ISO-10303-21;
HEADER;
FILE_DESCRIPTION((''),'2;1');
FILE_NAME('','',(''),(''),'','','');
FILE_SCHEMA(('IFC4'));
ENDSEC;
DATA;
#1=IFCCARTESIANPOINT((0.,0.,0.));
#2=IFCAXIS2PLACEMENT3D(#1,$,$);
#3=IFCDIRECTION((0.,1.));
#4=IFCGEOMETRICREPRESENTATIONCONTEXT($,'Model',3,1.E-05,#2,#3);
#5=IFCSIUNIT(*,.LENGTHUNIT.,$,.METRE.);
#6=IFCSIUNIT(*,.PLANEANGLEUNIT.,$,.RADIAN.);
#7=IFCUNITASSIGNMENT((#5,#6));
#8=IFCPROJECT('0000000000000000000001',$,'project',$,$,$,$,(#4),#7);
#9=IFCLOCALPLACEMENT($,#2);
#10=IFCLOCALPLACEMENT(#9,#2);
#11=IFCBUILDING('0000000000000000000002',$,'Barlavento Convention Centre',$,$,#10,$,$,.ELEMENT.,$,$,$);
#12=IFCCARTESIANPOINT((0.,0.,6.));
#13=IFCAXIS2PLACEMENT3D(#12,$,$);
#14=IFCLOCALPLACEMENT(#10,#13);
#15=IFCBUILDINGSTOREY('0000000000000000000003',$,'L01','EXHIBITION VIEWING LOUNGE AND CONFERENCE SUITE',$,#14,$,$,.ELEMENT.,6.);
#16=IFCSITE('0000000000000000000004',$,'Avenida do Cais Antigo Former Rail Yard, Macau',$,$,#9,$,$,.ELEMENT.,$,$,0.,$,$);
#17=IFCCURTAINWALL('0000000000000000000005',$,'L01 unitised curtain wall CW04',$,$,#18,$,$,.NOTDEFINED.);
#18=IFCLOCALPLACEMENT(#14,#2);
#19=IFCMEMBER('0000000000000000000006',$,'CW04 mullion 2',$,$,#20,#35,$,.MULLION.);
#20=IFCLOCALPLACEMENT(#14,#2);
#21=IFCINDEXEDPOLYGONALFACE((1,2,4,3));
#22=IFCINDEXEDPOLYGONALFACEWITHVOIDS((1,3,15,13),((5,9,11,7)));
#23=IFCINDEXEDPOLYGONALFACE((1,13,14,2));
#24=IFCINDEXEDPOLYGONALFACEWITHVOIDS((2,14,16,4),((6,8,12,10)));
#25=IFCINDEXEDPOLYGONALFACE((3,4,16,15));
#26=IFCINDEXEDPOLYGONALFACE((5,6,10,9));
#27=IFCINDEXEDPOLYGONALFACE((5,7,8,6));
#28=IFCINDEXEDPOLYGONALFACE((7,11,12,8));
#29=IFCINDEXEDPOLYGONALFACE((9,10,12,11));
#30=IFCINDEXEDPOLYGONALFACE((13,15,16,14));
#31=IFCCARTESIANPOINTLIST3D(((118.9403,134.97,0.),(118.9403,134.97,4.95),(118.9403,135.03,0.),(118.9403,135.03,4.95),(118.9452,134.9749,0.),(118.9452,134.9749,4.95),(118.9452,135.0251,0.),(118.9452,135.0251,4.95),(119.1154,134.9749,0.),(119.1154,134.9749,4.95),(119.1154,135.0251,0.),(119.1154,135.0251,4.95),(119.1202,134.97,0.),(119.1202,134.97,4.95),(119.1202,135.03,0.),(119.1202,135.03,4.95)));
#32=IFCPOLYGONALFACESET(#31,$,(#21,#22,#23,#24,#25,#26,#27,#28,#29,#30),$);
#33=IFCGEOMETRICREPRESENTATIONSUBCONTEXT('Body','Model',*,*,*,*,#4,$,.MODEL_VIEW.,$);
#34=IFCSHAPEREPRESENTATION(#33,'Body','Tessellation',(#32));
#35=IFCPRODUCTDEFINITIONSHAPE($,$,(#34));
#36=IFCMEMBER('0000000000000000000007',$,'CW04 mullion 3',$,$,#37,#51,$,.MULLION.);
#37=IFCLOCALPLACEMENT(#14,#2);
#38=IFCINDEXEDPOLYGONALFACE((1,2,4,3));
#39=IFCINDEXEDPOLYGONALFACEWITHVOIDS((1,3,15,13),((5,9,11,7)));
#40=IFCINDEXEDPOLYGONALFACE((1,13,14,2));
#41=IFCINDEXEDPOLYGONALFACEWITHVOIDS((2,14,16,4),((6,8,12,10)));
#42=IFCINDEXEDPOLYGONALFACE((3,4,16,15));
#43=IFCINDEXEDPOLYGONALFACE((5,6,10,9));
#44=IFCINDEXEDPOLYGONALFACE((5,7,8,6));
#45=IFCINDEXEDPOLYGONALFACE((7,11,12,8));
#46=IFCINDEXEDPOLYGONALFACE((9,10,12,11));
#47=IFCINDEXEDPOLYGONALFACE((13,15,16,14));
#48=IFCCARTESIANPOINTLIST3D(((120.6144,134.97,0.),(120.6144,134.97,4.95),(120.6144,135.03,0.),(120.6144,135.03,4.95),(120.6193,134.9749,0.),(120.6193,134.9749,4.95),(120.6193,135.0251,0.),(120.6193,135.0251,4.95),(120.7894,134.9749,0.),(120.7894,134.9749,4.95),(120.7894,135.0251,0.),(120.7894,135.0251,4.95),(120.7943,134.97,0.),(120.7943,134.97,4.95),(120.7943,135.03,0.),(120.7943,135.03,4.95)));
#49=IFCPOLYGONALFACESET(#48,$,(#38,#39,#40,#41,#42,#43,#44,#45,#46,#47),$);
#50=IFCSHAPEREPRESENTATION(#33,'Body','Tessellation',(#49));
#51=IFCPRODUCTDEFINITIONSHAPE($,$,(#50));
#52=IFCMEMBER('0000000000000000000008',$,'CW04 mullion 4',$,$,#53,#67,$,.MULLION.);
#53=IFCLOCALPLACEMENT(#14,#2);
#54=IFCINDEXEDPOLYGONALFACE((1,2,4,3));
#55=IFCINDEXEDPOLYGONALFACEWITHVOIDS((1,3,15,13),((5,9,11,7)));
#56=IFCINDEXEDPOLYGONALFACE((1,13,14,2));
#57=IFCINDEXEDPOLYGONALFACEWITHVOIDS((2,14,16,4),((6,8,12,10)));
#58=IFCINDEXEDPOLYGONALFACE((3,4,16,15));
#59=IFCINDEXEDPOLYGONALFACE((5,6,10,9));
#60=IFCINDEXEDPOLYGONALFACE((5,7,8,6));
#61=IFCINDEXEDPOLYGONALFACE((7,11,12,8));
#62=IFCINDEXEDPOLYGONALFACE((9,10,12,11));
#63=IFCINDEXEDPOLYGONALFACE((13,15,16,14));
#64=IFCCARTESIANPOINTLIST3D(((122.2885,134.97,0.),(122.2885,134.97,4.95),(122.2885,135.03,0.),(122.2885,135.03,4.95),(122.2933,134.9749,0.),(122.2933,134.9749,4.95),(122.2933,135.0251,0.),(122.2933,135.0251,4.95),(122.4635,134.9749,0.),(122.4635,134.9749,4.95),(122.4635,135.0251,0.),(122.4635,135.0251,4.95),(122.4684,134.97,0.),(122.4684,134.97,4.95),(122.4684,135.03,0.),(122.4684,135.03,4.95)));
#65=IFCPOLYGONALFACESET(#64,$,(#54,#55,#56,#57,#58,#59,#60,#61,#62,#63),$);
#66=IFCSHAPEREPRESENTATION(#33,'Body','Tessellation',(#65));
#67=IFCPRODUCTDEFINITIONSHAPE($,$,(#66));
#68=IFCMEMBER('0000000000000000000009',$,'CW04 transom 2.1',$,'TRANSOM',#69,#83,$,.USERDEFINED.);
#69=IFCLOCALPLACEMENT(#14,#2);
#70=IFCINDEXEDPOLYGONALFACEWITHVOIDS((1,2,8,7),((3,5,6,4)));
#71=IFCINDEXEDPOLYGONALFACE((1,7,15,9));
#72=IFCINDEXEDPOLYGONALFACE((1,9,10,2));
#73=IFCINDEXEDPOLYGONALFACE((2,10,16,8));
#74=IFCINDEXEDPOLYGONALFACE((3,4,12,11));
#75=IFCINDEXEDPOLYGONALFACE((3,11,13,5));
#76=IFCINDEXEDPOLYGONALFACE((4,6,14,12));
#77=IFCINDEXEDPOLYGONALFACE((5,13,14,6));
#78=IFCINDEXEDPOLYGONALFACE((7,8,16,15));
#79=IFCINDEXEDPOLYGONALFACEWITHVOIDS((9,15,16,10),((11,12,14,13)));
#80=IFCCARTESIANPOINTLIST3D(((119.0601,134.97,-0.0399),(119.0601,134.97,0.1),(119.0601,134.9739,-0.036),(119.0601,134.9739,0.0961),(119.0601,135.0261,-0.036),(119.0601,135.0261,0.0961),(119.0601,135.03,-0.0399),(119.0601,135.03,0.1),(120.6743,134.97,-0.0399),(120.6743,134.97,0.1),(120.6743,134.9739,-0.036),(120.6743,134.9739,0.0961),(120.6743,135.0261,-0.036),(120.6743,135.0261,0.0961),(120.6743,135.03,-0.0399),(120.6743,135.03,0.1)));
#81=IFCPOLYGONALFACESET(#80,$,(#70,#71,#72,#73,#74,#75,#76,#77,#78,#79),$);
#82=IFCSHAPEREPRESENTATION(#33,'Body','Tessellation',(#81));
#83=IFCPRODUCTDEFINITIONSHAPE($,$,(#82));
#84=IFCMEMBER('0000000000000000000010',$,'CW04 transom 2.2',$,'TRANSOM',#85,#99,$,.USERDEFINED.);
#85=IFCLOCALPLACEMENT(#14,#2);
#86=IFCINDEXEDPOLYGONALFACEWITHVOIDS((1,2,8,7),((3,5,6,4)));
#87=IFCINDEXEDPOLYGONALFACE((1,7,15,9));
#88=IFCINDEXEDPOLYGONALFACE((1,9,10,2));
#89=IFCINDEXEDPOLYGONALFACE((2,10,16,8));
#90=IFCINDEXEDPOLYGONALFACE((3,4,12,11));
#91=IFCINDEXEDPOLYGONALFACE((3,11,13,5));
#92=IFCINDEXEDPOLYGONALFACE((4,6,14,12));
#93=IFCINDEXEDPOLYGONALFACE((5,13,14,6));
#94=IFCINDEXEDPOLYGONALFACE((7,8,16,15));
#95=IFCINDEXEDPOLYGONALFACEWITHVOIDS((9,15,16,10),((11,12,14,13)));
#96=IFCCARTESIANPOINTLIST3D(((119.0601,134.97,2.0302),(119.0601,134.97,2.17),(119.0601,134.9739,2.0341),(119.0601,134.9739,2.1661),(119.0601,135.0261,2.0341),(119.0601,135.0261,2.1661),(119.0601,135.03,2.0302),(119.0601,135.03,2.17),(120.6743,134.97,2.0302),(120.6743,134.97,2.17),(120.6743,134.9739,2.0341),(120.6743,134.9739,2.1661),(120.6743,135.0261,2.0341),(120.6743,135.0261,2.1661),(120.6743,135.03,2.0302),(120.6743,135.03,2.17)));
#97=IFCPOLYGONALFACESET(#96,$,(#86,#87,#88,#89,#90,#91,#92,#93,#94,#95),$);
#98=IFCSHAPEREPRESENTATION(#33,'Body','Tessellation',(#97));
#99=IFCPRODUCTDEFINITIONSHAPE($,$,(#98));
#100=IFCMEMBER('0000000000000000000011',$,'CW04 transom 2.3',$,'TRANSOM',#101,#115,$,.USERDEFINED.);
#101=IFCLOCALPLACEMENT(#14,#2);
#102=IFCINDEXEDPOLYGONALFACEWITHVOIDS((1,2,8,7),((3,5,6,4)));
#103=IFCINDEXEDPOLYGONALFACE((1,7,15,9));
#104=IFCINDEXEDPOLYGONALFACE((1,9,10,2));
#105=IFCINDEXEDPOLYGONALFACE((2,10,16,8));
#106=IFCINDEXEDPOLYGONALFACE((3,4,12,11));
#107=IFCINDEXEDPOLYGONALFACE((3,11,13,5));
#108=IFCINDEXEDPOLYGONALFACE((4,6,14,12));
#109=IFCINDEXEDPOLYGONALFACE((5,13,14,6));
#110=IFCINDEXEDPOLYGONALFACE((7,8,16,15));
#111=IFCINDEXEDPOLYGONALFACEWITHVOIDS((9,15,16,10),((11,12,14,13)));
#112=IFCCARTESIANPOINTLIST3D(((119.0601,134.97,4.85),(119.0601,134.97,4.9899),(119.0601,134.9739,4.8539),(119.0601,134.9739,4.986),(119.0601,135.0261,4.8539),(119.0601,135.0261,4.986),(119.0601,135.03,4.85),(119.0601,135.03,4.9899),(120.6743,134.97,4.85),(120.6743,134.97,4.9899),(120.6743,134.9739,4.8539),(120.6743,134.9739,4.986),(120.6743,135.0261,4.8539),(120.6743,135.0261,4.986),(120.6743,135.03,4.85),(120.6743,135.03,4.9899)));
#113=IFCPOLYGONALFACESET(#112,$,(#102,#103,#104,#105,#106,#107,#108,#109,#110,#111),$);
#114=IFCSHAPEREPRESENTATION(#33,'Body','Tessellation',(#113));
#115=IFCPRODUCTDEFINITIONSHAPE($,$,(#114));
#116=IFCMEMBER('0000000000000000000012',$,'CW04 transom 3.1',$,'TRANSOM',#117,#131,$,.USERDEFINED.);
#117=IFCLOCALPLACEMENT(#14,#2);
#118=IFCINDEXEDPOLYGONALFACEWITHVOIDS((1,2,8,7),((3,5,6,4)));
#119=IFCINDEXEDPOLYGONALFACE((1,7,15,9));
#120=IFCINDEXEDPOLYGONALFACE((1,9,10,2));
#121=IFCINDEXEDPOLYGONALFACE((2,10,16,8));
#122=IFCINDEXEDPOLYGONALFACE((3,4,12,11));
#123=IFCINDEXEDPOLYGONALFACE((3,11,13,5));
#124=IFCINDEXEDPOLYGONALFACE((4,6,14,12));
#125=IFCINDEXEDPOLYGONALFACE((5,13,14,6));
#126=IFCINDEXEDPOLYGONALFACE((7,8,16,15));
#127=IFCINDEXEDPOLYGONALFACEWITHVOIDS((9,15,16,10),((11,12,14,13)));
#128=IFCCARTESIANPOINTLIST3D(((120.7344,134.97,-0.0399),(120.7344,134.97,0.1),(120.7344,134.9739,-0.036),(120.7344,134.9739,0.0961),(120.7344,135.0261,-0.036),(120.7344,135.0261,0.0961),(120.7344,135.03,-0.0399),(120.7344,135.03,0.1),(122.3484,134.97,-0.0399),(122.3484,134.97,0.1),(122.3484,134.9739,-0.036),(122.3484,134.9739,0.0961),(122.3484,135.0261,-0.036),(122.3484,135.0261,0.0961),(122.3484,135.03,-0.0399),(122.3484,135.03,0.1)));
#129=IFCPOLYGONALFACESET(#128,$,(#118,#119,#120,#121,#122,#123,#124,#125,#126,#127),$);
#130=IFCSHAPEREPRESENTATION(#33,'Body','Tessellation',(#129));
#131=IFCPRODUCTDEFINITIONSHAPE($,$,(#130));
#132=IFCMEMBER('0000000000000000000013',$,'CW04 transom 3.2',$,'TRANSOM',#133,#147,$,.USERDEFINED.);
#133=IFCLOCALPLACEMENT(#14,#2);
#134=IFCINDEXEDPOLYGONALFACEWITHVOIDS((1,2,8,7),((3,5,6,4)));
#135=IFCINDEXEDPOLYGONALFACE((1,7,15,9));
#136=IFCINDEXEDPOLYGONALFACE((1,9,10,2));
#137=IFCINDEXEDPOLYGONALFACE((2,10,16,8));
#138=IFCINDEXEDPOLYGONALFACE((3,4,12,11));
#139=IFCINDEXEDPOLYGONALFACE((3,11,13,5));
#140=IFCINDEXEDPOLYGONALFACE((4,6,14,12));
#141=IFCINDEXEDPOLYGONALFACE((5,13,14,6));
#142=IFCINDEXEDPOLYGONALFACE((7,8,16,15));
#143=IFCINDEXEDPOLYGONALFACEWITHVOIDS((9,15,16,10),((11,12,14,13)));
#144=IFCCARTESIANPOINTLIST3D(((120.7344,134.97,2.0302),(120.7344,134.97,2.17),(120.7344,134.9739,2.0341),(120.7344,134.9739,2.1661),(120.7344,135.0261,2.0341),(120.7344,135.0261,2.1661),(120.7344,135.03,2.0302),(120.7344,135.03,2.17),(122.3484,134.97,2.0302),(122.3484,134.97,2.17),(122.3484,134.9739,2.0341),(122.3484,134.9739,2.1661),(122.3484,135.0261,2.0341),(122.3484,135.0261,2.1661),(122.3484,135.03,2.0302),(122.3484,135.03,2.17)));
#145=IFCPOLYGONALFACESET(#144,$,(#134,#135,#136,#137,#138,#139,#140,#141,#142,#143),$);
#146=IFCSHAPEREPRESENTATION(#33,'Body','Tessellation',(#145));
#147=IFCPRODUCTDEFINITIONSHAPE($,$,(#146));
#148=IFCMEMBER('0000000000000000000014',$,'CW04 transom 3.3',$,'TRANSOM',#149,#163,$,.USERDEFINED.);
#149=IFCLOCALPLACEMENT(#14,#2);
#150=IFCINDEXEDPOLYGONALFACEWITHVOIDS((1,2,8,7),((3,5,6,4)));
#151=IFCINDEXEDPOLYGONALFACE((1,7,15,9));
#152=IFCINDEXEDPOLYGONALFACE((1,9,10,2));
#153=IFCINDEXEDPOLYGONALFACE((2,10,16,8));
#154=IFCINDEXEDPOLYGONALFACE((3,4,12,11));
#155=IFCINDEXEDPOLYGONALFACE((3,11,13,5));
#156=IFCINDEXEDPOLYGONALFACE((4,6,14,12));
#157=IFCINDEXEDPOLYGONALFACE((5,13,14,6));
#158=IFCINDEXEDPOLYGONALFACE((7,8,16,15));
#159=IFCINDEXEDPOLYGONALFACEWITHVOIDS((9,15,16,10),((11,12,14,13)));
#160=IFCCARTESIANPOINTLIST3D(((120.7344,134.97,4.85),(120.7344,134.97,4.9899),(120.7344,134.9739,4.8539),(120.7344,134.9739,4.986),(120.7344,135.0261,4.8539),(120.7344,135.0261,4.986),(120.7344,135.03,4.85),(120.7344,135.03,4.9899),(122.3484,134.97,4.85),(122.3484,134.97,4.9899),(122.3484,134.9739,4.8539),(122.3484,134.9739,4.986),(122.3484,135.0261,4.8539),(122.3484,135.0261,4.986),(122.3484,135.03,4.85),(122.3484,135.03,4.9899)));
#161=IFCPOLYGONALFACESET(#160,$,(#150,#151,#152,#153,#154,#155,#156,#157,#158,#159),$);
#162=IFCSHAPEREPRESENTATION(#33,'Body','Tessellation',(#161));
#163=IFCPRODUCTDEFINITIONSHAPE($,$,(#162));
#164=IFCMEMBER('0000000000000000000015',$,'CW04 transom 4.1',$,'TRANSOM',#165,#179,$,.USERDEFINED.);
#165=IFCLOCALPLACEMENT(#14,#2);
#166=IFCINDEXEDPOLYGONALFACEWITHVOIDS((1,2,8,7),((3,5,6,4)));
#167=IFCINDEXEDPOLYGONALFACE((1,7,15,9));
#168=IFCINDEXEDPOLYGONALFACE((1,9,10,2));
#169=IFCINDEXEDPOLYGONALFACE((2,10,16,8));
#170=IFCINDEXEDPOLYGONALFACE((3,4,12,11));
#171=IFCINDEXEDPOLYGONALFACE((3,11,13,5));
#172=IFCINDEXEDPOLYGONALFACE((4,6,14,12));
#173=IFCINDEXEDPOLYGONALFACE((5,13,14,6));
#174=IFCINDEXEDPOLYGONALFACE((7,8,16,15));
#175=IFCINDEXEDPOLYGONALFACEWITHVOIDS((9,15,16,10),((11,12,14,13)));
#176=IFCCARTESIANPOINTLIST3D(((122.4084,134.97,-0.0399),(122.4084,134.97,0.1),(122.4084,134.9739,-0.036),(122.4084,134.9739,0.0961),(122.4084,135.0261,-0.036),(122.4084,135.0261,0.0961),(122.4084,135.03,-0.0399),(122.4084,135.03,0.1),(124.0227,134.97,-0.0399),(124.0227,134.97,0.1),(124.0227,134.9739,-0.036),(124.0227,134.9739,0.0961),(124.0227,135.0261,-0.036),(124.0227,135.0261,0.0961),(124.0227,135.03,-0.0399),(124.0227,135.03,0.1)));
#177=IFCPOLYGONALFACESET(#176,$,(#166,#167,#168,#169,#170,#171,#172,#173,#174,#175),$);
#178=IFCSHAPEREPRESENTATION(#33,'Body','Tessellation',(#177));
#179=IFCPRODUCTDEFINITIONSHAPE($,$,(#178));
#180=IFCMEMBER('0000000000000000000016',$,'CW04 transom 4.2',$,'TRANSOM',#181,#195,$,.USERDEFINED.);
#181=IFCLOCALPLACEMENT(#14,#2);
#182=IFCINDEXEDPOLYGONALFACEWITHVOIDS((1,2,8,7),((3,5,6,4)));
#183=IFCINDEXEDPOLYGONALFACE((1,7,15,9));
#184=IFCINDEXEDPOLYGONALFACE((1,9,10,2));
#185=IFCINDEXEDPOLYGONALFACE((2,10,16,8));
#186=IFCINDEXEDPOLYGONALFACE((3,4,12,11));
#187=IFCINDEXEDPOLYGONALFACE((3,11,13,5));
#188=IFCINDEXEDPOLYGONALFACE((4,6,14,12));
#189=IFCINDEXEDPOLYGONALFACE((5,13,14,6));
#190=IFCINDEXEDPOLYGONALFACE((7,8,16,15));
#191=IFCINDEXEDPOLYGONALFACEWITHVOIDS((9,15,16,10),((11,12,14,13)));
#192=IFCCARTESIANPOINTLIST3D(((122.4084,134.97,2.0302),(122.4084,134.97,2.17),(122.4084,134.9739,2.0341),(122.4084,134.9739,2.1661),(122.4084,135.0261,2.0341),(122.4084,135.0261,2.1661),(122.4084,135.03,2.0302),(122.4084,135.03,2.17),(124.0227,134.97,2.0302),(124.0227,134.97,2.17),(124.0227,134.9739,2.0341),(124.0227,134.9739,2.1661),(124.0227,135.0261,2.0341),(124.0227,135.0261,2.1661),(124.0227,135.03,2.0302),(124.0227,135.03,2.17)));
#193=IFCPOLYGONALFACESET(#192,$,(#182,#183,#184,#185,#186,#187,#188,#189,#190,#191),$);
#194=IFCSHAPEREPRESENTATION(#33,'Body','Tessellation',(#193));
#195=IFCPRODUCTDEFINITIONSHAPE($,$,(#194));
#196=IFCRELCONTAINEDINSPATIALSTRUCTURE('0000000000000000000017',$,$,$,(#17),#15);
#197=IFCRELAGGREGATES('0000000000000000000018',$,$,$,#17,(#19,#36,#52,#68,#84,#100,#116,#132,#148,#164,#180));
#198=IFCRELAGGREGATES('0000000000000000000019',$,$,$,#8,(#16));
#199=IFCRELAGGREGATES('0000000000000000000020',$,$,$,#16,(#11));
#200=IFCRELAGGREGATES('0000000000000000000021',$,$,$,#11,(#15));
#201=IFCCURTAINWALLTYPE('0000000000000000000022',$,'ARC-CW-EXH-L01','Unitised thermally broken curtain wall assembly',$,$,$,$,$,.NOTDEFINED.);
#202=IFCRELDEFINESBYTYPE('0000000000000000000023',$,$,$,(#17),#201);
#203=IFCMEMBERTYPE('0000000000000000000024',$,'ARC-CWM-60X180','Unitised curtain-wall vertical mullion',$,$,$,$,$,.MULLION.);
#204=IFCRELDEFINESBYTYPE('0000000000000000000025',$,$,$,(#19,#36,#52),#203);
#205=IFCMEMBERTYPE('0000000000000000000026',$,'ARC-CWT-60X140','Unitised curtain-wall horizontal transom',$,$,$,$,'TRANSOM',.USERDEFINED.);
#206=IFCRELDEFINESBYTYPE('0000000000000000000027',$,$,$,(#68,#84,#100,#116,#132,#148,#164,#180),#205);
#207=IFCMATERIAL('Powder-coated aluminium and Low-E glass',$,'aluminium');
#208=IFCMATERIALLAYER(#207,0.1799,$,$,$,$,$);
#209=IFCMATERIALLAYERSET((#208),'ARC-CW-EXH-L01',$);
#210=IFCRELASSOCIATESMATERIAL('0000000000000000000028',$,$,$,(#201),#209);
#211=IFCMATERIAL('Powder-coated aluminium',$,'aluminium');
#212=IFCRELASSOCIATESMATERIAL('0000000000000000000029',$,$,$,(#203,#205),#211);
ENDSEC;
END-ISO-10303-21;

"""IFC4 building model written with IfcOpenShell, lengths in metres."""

from ifc_helpers import new_model, si_unit, direction, frame, origin, origin_2d, place, context, subcontext, project, spatial, hollow_rectangle, extrude, material, layer, layer_set, material_profile, profile_set, type_object, element, aggregate, save


model = new_model("IFC4")

# Units and contexts
model_context = context("Model", 3, precision=1e-05, world=origin(), true_north=direction((0.0, 1.0)))
body_context = subcontext(model_context, "Body", "Model", "MODEL_VIEW")
ifc_project = project(units=[si_unit("LENGTHUNIT", "METRE"), si_unit("PLANEANGLEUNIT", "RADIAN")], contexts=[model_context])

# Site, building, storey
site_placement = place(None, origin())
site = spatial("IfcSite", under=ifc_project, at=site_placement, Name="Avenida do Cais Antigo Former Rail Yard, Macau", CompositionType="ELEMENT", RefElevation=0.0)
building_placement = place(site_placement, origin())
building = spatial("IfcBuilding", under=site, at=building_placement, Name="Barlavento Convention Centre", CompositionType="ELEMENT")
storey_placement = place(building_placement, frame((0.0, 0.0, 6.0)))
storey = spatial("IfcBuildingStorey", under=building, at=storey_placement, Name="L01", Description="EXHIBITION VIEWING LOUNGE AND CONFERENCE SUITE", CompositionType="ELEMENT", Elevation=6.0)

# Curtain wall, members
ifc_material_1 = material(Name="Powder-coated aluminium and Low-E glass", Category="aluminium")
ifc_layer_1 = layer(ifc_material_1, 0.1799)
ifc_layer_set_1 = layer_set([ifc_layer_1], Name="ARC-CW-EXH-L01")
curtain_wall_type = type_object("IfcCurtainWallType", Name="ARC-CW-EXH-L01", Description="Unitised thermally broken curtain wall assembly", PredefinedType="NOTDEFINED", material=ifc_layer_set_1)
curtain_wall_placement = place(storey_placement, origin())
curtain_wall = element("IfcCurtainWall", 1, at=curtain_wall_placement, inside=storey, type_object=curtain_wall_type, Name="L01 unitised curtain wall CW04", PredefinedType="NOTDEFINED")
ifc_material_2 = material(Name="Powder-coated aluminium", Category="aluminium")
ifc_material_profile_1 = material_profile(ifc_material_2, hollow_rectangle(XDim=0.0601, YDim=0.1799, WallThickness=0.0049, at=origin_2d()), Name="AL-MULL 60x180x5")
ifc_profile_set_1 = profile_set([ifc_material_profile_1], Name="Powder-coated aluminium")
member_type_1 = type_object("IfcMemberType", Name="ARC-CWM-60X180", Description="Unitised curtain-wall vertical mullion", PredefinedType="MULLION", material=ifc_profile_set_1)
member_1_placement = place(storey_placement, frame((119.0303, 135.0, 0.0), z_axis=(0.0, 0.0, 1.0), x_axis=(0.0, 1.0, 0.0)))
member_1 = element("IfcMember", 2, at=member_1_placement, type_object=member_type_1, Name="CW04 mullion 2", PredefinedType="MULLION", context=body_context, shape_type="SweptSolid", body=[
    extrude(hollow_rectangle(XDim=0.0601, YDim=0.1799, WallThickness=0.0049, at=origin_2d()), origin(), (0.0, 0.0, 1.0), 4.95),
])
member_2_placement = place(storey_placement, frame((120.7043, 135.0, 0.0), z_axis=(0.0, 0.0, 1.0), x_axis=(0.0, 1.0, 0.0)))
member_2 = element("IfcMember", 3, at=member_2_placement, type_object=member_type_1, Name="CW04 mullion 3", PredefinedType="MULLION", context=body_context, shape_type="SweptSolid", body=[
    extrude(hollow_rectangle(XDim=0.0601, YDim=0.1799, WallThickness=0.0049, at=origin_2d()), origin(), (0.0, 0.0, 1.0), 4.95),
])
member_3_placement = place(storey_placement, frame((122.3784, 135.0, 0.0), z_axis=(0.0, 0.0, 1.0), x_axis=(0.0, 1.0, 0.0)))
member_3 = element("IfcMember", 4, at=member_3_placement, type_object=member_type_1, Name="CW04 mullion 4", PredefinedType="MULLION", context=body_context, shape_type="SweptSolid", body=[
    extrude(hollow_rectangle(XDim=0.0601, YDim=0.1799, WallThickness=0.0049, at=origin_2d()), origin(), (0.0, 0.0, 1.0), 4.95),
])
ifc_material_profile_2 = material_profile(ifc_material_2, hollow_rectangle(XDim=0.0601, YDim=0.1399, WallThickness=0.0039, at=origin_2d()), Name="AL-TRAN 60x140x4")
ifc_profile_set_2 = profile_set([ifc_material_profile_2], Name="Powder-coated aluminium")
member_type_2 = type_object("IfcMemberType", Name="ARC-CWT-60X140", Description="Unitised curtain-wall horizontal transom", ElementType="TRANSOM", PredefinedType="USERDEFINED", material=ifc_profile_set_2)
member_4_placement = place(storey_placement, frame((119.0601, 135.0, 0.03), z_axis=(1.0, 0.0, 0.0), x_axis=(0.0, 1.0, 0.0)))
member_4 = element("IfcMember", 5, at=member_4_placement, type_object=member_type_2, Name="CW04 transom 2.1", ObjectType="TRANSOM", PredefinedType="USERDEFINED", context=body_context, shape_type="SweptSolid", body=[
    extrude(hollow_rectangle(XDim=0.0601, YDim=0.1399, WallThickness=0.0039, at=origin_2d()), origin(), (0.0, 0.0, 1.0), 1.6143),
])
member_5_placement = place(storey_placement, frame((119.0601, 135.0, 2.1001), z_axis=(1.0, 0.0, 0.0), x_axis=(0.0, 1.0, 0.0)))
member_5 = element("IfcMember", 6, at=member_5_placement, type_object=member_type_2, Name="CW04 transom 2.2", ObjectType="TRANSOM", PredefinedType="USERDEFINED", context=body_context, shape_type="SweptSolid", body=[
    extrude(hollow_rectangle(XDim=0.0601, YDim=0.1399, WallThickness=0.0039, at=origin_2d()), origin(), (0.0, 0.0, 1.0), 1.6143),
])
member_6_placement = place(storey_placement, frame((119.0601, 135.0, 4.9199), z_axis=(1.0, 0.0, 0.0), x_axis=(0.0, 1.0, 0.0)))
member_6 = element("IfcMember", 7, at=member_6_placement, type_object=member_type_2, Name="CW04 transom 2.3", ObjectType="TRANSOM", PredefinedType="USERDEFINED", context=body_context, shape_type="SweptSolid", body=[
    extrude(hollow_rectangle(XDim=0.0601, YDim=0.1399, WallThickness=0.0039, at=origin_2d()), origin(), (0.0, 0.0, 1.0), 1.6143),
])
member_7_placement = place(storey_placement, frame((120.7344, 135.0, 0.03), z_axis=(1.0, 0.0, 0.0), x_axis=(0.0, 1.0, 0.0)))
member_7 = element("IfcMember", 8, at=member_7_placement, type_object=member_type_2, Name="CW04 transom 3.1", ObjectType="TRANSOM", PredefinedType="USERDEFINED", context=body_context, shape_type="SweptSolid", body=[
    extrude(hollow_rectangle(XDim=0.0601, YDim=0.1399, WallThickness=0.0039, at=origin_2d()), origin(), (0.0, 0.0, 1.0), 1.614),
])
member_8_placement = place(storey_placement, frame((120.7344, 135.0, 2.1001), z_axis=(1.0, 0.0, 0.0), x_axis=(0.0, 1.0, 0.0)))
member_8 = element("IfcMember", 9, at=member_8_placement, type_object=member_type_2, Name="CW04 transom 3.2", ObjectType="TRANSOM", PredefinedType="USERDEFINED", context=body_context, shape_type="SweptSolid", body=[
    extrude(hollow_rectangle(XDim=0.0601, YDim=0.1399, WallThickness=0.0039, at=origin_2d()), origin(), (0.0, 0.0, 1.0), 1.614),
])
member_9_placement = place(storey_placement, frame((120.7344, 135.0, 4.9199), z_axis=(1.0, 0.0, 0.0), x_axis=(0.0, 1.0, 0.0)))
member_9 = element("IfcMember", 10, at=member_9_placement, type_object=member_type_2, Name="CW04 transom 3.3", ObjectType="TRANSOM", PredefinedType="USERDEFINED", context=body_context, shape_type="SweptSolid", body=[
    extrude(hollow_rectangle(XDim=0.0601, YDim=0.1399, WallThickness=0.0039, at=origin_2d()), origin(), (0.0, 0.0, 1.0), 1.614),
])
member_10_placement = place(storey_placement, frame((122.4084, 135.0, 0.03), z_axis=(1.0, 0.0, 0.0), x_axis=(0.0, 1.0, 0.0)))
member_10 = element("IfcMember", 11, at=member_10_placement, type_object=member_type_2, Name="CW04 transom 4.1", ObjectType="TRANSOM", PredefinedType="USERDEFINED", context=body_context, shape_type="SweptSolid", body=[
    extrude(hollow_rectangle(XDim=0.0601, YDim=0.1399, WallThickness=0.0039, at=origin_2d()), origin(), (0.0, 0.0, 1.0), 1.6143),
])
member_11_placement = place(storey_placement, frame((122.4084, 135.0, 2.1001), z_axis=(1.0, 0.0, 0.0), x_axis=(0.0, 1.0, 0.0)))
member_11 = element("IfcMember", 12, at=member_11_placement, type_object=member_type_2, Name="CW04 transom 4.2", ObjectType="TRANSOM", PredefinedType="USERDEFINED", context=body_context, shape_type="SweptSolid", body=[
    extrude(hollow_rectangle(XDim=0.0601, YDim=0.1399, WallThickness=0.0039, at=origin_2d()), origin(), (0.0, 0.0, 1.0), 1.6143),
])
aggregate(curtain_wall, [member_1, member_2, member_3, member_4, member_5, member_6, member_7, member_8, member_9, member_10, member_11])

save(model, "model.ifc")
